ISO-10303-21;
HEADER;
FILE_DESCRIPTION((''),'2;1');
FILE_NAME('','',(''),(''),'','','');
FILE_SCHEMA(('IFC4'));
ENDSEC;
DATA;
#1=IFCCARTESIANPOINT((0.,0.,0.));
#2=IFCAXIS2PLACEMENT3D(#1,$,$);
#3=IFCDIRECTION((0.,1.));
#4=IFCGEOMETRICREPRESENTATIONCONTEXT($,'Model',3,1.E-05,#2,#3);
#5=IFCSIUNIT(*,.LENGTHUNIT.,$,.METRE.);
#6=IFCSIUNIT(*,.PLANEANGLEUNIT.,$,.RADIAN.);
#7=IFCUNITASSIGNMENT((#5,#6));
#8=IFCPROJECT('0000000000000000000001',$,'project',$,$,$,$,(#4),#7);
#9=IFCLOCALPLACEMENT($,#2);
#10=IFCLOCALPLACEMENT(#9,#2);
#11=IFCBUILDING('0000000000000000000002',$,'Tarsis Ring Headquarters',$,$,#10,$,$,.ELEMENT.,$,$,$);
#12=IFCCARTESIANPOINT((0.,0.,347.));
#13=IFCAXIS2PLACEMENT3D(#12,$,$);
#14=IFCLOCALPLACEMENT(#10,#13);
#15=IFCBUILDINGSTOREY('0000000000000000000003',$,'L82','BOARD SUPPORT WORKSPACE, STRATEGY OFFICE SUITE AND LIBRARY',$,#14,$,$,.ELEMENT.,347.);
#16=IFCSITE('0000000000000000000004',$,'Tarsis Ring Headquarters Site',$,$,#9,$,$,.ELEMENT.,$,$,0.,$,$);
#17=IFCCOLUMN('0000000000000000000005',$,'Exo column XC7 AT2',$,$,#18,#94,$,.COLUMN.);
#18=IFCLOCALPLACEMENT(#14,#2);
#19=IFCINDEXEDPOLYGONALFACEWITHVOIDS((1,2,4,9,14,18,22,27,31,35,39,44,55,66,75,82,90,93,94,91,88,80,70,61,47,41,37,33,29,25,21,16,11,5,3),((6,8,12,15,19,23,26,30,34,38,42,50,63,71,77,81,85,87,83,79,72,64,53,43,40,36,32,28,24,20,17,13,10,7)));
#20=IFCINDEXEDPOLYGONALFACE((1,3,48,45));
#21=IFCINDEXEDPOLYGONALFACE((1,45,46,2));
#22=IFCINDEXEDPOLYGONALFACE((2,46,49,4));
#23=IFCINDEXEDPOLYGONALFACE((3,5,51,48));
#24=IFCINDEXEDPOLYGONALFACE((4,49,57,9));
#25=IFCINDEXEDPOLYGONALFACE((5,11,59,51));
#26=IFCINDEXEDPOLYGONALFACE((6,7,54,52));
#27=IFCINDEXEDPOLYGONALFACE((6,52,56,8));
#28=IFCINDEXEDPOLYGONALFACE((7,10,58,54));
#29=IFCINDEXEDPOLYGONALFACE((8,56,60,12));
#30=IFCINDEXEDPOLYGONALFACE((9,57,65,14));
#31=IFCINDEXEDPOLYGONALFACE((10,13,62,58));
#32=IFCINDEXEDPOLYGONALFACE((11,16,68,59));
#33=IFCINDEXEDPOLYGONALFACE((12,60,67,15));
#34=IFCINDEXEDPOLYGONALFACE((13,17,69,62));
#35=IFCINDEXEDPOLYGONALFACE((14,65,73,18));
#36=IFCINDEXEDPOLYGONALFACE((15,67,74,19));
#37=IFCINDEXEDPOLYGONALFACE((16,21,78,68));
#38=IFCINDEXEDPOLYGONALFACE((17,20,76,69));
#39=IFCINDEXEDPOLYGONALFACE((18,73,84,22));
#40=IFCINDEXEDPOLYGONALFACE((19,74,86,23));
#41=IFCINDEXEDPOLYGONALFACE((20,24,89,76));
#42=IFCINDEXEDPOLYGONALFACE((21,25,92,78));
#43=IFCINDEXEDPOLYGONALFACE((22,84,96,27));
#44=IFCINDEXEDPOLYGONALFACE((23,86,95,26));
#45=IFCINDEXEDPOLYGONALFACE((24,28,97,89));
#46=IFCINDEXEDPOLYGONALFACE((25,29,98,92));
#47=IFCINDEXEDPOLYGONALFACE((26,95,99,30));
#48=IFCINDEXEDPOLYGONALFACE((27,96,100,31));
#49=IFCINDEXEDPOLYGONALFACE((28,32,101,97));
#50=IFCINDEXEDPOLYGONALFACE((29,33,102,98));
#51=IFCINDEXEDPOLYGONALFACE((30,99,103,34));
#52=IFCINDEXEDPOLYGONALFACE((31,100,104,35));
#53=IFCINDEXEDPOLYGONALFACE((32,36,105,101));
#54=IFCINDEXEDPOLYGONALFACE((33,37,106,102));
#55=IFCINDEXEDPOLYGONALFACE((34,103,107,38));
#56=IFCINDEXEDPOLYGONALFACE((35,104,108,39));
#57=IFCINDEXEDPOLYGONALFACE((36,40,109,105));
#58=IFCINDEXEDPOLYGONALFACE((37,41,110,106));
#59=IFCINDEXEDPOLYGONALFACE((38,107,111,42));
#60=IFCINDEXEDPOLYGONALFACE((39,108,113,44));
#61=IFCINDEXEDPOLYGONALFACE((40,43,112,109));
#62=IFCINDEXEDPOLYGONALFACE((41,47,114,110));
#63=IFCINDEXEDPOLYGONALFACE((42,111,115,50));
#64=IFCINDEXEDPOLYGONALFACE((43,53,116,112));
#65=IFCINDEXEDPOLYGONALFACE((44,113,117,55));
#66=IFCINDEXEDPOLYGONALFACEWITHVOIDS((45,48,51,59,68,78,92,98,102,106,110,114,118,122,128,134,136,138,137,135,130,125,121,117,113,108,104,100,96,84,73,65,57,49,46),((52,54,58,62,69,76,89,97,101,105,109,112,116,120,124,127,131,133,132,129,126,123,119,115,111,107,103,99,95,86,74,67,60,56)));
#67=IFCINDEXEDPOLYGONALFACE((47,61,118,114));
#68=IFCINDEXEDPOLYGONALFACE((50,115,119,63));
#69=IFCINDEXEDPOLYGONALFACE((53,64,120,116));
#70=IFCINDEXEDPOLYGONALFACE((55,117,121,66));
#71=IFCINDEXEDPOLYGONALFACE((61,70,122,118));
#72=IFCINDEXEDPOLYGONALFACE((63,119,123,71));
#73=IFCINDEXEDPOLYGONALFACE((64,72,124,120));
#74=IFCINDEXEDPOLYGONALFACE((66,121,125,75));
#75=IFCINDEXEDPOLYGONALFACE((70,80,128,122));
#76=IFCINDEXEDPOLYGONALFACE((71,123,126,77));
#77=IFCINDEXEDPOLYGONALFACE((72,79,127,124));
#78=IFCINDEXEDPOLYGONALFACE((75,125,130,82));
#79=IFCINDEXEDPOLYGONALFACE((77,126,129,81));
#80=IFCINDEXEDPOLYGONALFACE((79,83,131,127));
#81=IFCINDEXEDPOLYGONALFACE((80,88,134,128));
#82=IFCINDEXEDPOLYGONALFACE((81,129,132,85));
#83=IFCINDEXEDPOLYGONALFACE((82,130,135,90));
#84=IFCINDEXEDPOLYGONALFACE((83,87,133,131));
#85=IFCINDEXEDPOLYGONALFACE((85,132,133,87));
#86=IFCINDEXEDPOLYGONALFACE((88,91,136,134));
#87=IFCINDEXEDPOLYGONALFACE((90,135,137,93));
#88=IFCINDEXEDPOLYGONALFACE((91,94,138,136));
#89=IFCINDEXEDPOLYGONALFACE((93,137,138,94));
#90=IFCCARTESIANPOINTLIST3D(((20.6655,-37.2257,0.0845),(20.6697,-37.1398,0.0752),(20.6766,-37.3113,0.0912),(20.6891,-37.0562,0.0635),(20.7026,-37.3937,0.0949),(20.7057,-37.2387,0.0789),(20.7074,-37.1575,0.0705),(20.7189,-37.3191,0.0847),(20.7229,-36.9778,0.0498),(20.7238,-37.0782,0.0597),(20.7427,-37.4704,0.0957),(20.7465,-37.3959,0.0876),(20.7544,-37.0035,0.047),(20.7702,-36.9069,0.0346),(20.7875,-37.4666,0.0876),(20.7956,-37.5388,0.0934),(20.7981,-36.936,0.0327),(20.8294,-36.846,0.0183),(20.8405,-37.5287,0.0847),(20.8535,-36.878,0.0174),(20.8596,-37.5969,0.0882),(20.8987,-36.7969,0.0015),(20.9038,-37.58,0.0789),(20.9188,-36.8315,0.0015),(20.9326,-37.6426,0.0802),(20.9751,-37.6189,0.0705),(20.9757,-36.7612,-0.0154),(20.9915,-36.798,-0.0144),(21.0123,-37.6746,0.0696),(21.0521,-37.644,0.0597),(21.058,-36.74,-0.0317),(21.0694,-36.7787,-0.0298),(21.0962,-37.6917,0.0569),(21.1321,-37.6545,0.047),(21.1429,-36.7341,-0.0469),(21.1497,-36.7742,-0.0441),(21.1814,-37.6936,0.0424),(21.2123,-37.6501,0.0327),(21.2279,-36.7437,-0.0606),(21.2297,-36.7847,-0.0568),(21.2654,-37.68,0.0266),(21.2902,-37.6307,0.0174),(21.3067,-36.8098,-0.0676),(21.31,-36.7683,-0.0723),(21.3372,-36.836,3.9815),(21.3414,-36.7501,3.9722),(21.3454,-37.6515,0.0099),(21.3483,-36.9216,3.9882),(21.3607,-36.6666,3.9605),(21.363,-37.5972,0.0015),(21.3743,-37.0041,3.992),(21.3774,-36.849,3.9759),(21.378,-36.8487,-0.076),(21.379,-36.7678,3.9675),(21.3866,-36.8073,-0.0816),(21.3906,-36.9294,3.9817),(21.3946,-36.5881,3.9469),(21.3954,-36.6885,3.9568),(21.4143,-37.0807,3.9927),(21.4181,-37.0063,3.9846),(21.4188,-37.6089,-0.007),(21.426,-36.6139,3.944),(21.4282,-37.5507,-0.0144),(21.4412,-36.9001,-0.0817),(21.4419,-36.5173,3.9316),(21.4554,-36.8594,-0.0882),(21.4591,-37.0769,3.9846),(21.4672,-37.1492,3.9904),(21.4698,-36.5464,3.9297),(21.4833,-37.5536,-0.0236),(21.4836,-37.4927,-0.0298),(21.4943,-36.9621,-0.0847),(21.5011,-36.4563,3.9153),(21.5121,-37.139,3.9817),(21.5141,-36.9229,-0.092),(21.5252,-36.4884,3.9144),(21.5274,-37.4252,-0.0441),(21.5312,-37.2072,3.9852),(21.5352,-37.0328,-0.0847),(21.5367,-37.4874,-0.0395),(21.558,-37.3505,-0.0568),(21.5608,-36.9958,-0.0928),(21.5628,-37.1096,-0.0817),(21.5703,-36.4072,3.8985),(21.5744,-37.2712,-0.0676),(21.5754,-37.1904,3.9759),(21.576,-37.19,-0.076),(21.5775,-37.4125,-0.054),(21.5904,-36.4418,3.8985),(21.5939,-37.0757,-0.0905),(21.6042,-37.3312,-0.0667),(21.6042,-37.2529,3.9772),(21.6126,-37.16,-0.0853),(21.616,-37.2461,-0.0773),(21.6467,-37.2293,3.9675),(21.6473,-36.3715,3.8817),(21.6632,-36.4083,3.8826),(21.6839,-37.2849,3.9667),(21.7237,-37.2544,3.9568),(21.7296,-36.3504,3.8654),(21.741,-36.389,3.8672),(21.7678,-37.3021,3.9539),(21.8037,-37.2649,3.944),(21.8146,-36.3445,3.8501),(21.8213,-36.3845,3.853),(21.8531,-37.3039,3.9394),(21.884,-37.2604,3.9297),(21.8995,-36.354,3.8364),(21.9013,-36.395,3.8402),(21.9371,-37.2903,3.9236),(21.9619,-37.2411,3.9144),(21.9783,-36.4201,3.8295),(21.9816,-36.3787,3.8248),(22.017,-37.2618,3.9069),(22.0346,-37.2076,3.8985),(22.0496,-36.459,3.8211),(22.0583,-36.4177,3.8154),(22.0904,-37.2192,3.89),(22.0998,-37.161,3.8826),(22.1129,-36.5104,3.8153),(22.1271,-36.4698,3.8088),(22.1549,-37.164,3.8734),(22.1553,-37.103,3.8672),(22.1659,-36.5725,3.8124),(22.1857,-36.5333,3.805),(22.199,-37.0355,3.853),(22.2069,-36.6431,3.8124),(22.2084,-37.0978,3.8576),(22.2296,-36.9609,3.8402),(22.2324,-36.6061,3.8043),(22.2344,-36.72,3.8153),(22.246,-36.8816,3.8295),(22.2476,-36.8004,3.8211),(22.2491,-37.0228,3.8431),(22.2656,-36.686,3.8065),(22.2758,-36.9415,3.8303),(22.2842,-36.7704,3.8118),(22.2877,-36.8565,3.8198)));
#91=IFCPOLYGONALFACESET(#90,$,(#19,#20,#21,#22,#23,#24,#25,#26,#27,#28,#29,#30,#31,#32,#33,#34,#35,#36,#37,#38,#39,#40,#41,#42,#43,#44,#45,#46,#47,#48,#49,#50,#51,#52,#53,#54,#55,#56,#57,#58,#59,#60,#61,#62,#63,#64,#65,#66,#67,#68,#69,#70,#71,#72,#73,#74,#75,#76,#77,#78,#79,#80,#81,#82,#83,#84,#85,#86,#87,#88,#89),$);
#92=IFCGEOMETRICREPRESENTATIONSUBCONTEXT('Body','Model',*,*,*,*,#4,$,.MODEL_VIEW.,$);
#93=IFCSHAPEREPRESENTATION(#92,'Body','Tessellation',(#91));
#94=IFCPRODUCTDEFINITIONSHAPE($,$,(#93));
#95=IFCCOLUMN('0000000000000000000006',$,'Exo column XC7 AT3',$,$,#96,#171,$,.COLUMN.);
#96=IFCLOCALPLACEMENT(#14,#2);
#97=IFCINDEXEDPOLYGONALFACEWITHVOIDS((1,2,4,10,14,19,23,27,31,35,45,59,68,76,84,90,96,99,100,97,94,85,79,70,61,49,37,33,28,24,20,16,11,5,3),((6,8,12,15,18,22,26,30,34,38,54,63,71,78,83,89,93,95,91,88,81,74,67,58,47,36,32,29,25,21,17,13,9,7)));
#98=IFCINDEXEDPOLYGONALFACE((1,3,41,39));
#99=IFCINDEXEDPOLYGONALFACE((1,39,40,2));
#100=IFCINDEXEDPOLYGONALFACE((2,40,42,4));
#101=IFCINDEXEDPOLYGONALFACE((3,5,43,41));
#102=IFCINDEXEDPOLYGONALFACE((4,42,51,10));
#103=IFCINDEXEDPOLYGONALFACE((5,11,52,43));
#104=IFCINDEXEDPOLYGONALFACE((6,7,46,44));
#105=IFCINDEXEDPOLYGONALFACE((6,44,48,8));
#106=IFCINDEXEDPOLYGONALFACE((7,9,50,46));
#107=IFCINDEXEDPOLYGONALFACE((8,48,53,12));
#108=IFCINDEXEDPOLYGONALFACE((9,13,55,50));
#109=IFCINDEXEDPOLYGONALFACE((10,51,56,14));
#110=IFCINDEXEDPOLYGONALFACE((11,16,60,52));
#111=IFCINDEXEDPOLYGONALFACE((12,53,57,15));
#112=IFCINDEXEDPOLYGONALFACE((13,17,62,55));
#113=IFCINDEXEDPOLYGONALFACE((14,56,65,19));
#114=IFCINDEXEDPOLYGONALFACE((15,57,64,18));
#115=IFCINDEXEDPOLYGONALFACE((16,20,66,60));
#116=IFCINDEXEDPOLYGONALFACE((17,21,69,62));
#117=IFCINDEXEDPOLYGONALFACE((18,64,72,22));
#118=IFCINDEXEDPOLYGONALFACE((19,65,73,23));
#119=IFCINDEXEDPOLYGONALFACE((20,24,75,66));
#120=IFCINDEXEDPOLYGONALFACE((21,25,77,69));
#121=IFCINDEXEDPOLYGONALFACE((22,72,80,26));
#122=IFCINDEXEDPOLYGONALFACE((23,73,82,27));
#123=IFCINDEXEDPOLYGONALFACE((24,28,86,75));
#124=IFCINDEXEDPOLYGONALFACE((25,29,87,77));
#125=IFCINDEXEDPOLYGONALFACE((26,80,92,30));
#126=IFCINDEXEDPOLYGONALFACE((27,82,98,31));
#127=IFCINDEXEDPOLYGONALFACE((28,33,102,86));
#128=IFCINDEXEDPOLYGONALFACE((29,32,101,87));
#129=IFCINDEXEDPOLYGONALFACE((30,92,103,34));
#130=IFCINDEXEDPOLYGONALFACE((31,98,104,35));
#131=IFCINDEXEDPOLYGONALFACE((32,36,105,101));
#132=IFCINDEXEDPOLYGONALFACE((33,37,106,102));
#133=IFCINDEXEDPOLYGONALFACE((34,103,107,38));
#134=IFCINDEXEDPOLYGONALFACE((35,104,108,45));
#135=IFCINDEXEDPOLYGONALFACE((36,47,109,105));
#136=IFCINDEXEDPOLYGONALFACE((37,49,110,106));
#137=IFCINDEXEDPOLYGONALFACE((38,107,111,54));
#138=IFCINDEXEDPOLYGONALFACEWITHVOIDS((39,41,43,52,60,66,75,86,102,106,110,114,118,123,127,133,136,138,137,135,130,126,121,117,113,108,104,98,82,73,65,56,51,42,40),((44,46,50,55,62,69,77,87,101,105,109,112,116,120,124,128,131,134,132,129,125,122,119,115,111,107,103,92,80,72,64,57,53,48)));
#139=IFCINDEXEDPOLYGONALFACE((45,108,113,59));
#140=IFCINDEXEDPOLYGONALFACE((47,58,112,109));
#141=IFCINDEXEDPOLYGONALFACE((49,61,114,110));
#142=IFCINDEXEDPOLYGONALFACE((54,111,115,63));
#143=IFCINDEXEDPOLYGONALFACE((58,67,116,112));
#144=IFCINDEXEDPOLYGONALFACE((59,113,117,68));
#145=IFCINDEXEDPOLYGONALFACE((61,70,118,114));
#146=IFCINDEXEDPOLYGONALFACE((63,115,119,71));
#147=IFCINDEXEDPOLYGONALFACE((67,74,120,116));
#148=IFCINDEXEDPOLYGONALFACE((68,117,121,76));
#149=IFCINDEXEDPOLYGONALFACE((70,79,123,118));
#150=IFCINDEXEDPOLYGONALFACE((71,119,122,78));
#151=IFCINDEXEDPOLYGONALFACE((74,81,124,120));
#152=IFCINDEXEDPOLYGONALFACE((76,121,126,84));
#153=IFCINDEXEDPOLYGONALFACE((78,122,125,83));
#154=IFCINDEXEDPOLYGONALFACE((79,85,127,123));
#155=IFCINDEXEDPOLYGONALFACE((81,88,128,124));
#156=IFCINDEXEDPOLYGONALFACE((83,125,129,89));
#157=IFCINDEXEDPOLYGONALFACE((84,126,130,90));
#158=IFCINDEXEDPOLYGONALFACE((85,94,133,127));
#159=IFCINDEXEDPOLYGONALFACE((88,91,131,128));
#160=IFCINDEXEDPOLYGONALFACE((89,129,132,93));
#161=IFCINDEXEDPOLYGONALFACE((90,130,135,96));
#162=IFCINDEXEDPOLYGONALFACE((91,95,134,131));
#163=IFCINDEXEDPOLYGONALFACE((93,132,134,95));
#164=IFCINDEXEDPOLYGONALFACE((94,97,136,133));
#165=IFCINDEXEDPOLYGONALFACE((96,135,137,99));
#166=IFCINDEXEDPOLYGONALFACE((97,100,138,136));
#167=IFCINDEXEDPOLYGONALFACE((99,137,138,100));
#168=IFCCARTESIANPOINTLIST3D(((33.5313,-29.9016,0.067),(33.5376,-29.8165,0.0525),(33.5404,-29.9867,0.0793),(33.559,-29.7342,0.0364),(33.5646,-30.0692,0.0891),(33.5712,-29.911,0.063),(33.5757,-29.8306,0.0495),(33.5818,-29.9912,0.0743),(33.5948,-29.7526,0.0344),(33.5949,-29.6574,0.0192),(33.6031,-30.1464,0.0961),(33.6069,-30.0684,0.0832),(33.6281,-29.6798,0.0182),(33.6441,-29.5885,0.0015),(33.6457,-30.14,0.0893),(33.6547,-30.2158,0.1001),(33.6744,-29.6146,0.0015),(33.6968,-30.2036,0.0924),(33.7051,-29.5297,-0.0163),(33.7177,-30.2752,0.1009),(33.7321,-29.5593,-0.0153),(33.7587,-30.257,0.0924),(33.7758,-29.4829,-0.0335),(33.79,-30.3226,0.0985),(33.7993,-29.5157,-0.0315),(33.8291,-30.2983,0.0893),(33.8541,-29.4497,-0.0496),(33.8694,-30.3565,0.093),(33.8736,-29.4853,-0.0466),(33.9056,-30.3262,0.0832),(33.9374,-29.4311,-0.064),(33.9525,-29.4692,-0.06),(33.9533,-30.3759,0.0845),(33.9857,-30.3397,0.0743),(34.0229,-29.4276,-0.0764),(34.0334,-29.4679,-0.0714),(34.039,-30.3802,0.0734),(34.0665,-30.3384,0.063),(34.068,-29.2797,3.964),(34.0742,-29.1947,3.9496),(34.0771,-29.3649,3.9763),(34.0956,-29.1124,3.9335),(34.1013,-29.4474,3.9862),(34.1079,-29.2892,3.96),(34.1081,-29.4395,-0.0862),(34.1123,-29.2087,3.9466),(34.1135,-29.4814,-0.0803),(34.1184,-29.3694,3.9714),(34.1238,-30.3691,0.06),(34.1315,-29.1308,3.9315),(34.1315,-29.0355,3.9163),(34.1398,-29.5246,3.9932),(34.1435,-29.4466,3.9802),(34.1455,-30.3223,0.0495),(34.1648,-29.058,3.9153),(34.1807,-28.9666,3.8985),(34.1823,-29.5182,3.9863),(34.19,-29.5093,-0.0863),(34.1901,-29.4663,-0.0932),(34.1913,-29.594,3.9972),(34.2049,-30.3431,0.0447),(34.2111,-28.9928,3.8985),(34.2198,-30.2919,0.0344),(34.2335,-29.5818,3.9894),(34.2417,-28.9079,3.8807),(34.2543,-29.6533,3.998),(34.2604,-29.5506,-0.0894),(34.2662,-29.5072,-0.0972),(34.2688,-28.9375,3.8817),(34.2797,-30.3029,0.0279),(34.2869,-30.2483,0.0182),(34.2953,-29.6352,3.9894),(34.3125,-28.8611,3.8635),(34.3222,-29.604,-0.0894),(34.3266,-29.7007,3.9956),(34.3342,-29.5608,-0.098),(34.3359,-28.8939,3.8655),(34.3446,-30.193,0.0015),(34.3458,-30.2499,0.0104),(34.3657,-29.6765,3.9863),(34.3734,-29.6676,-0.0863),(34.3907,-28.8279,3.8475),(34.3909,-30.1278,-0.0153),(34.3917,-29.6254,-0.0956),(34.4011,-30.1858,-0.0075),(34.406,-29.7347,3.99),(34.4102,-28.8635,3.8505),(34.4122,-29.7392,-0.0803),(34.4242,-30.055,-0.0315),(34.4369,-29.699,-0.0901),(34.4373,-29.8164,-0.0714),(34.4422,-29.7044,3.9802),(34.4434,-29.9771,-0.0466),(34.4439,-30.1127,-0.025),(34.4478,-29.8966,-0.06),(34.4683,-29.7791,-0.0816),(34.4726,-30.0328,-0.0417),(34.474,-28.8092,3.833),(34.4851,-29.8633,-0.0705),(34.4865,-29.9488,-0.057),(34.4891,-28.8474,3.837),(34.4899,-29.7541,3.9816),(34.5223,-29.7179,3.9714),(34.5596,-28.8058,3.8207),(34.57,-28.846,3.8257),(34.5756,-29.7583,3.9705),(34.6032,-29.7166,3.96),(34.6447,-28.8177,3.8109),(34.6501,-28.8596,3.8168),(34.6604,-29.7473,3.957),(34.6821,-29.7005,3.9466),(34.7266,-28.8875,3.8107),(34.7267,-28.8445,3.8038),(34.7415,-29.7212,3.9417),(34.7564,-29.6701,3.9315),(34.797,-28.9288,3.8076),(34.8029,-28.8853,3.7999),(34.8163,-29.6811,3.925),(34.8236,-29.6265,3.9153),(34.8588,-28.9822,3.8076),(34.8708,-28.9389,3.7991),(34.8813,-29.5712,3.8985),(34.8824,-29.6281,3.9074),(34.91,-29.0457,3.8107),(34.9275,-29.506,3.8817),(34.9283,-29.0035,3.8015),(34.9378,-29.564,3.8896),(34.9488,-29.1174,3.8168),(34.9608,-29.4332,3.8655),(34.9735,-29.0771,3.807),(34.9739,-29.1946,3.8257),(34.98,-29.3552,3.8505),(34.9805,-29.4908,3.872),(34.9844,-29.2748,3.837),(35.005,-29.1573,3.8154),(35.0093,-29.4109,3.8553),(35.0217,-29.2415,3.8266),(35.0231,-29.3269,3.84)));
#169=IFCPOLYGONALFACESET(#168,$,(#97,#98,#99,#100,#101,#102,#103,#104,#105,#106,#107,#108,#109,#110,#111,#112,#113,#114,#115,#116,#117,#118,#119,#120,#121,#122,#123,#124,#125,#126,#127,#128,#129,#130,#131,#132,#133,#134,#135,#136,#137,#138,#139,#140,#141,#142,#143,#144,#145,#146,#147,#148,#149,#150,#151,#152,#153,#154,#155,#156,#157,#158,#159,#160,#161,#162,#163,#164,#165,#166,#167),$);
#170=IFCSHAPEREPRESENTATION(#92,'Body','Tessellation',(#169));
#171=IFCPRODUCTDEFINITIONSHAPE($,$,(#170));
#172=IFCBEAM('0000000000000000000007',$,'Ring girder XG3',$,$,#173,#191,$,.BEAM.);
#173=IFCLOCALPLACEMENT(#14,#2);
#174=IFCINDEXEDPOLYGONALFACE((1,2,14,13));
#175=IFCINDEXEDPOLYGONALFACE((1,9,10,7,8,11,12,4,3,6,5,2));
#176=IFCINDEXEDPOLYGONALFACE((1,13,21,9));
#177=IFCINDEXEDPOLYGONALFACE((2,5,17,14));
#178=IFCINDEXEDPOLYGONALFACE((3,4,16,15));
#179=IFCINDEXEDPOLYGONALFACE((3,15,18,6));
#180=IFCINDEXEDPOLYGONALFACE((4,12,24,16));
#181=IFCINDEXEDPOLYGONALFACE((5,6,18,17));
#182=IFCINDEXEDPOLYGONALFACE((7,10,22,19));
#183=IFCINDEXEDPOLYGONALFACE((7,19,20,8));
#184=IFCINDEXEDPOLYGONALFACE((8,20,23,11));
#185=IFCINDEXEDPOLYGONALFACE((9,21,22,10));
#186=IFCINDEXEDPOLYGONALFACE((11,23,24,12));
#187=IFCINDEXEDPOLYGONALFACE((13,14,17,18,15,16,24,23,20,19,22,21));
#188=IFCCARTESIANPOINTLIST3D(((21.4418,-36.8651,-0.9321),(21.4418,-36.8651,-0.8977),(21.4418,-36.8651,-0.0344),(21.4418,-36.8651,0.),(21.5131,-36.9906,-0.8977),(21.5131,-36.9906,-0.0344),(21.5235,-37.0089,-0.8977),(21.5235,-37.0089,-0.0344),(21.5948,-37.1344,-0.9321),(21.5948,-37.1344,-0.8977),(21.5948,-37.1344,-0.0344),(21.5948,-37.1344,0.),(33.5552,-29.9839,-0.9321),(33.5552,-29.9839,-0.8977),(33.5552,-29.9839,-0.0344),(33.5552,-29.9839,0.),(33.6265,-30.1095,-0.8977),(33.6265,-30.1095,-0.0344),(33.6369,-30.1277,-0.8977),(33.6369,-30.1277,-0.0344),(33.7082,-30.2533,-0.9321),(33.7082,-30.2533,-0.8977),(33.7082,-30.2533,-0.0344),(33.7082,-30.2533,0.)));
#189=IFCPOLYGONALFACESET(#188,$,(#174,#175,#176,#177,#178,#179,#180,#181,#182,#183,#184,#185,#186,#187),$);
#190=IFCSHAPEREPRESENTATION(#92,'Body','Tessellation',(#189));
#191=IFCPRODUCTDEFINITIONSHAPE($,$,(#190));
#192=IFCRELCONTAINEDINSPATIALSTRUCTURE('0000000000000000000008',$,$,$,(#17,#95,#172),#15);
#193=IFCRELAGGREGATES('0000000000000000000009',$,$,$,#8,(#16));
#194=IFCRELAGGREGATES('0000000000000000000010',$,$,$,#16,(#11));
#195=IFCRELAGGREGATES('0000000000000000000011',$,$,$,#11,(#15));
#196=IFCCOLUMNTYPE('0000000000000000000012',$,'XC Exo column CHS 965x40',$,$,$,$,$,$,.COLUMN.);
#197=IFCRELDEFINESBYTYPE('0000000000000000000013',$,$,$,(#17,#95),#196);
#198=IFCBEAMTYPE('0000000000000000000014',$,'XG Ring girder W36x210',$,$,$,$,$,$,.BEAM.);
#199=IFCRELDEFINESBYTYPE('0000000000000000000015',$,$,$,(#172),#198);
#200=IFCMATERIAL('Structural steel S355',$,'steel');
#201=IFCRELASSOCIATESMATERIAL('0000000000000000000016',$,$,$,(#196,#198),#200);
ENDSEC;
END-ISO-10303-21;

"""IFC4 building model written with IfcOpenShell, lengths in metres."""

from ifc_helpers import new_model, si_unit, direction, frame, origin, origin_2d, place, context, subcontext, project, spatial, hollow_circle, i_section, extrude, material, material_profile, profile_set, type_object, element, save


model = new_model("IFC4")

# Units and contexts
model_context = context("Model", 3, precision=1e-05, world=origin(), true_north=direction((0.0, 1.0)))
body_context = subcontext(model_context, "Body", "Model", "MODEL_VIEW")
ifc_project = project(units=[si_unit("LENGTHUNIT", "METRE"), si_unit("PLANEANGLEUNIT", "RADIAN")], contexts=[model_context])

# Site, building, storey
site_placement = place(None, origin())
site = spatial("IfcSite", under=ifc_project, at=site_placement, Name="Tarsis Ring Headquarters Site", CompositionType="ELEMENT", RefElevation=0.0)
building_placement = place(site_placement, origin())
building = spatial("IfcBuilding", under=site, at=building_placement, Name="Tarsis Ring Headquarters", CompositionType="ELEMENT")
storey_placement = place(building_placement, frame((0.0, 0.0, 347.0)))
storey = spatial("IfcBuildingStorey", under=building, at=storey_placement, Name="L82", Description="BOARD SUPPORT WORKSPACE, STRATEGY OFFICE SUITE AND LIBRARY", CompositionType="ELEMENT", Elevation=347.0)

# Columns
ifc_material_1 = material(Name="Structural steel S355", Category="steel")
ifc_material_profile_1 = material_profile(ifc_material_1, hollow_circle(Radius=0.4827, WallThickness=0.04, at=origin_2d()), Name="CHS 965x40")
ifc_profile_set_1 = profile_set([ifc_material_profile_1], Name="Structural steel S355")
column_type = type_object("IfcColumnType", Name="XC Exo column CHS 965x40", PredefinedType="COLUMN", material=ifc_profile_set_1)
column_1_placement = place(storey_placement, frame((21.1409, -37.2144, 0.0015), z_axis=(0.169024, 0.09806, 0.980722), x_axis=(-0.501817, 0.864974, 0.0)))
element("IfcColumn", 1, at=column_1_placement, inside=storey, type_object=column_type, Name="Exo column XC7 AT2", PredefinedType="COLUMN", context=body_context, shape_type="SweptSolid", body=[
    extrude(hollow_circle(Radius=0.4827, WallThickness=0.04, at=origin_2d()), origin(), (0.0, 0.0, 1.0), 3.9736),
])
column_2_placement = place(storey_placement, frame((34.0095, -29.9038, 0.0015), z_axis=(0.134742, 0.156136, 0.978502), x_axis=(-0.75707, 0.653333, 0.0)))
element("IfcColumn", 2, at=column_2_placement, inside=storey, type_object=column_type, Name="Exo column XC7 AT3", PredefinedType="COLUMN", context=body_context, shape_type="SweptSolid", body=[
    extrude(hollow_circle(Radius=0.4827, WallThickness=0.04, at=origin_2d()), origin(), (0.0, 0.0, 1.0), 3.9827),
])

# Beam
ifc_material_profile_2 = material_profile(ifc_material_1, i_section(OverallWidth=0.3098, OverallDepth=0.9321, WebThickness=0.021, FlangeThickness=0.0344, at=origin_2d()), Name="W36x210")
ifc_profile_set_2 = profile_set([ifc_material_profile_2], Name="Structural steel S355")
beam_type = type_object("IfcBeamType", Name="XG Ring girder W36x210", PredefinedType="BEAM", material=ifc_profile_set_2)
beam_1_placement = place(storey_placement, frame((21.5183, -36.9998, -0.4661), z_axis=(0.869501, 0.493931, 0.0), x_axis=(-0.493931, 0.869501, 0.0)))
element("IfcBeam", 3, at=beam_1_placement, inside=storey, type_object=beam_type, Name="Ring girder XG3", PredefinedType="BEAM", context=body_context, shape_type="SweptSolid", body=[
    extrude(i_section(OverallWidth=0.3098, OverallDepth=0.9321, WebThickness=0.021, FlangeThickness=0.0344, at=origin_2d()), origin(), (0.0, 0.0, 1.0), 13.9314),
])

save(model, "model.ifc")
